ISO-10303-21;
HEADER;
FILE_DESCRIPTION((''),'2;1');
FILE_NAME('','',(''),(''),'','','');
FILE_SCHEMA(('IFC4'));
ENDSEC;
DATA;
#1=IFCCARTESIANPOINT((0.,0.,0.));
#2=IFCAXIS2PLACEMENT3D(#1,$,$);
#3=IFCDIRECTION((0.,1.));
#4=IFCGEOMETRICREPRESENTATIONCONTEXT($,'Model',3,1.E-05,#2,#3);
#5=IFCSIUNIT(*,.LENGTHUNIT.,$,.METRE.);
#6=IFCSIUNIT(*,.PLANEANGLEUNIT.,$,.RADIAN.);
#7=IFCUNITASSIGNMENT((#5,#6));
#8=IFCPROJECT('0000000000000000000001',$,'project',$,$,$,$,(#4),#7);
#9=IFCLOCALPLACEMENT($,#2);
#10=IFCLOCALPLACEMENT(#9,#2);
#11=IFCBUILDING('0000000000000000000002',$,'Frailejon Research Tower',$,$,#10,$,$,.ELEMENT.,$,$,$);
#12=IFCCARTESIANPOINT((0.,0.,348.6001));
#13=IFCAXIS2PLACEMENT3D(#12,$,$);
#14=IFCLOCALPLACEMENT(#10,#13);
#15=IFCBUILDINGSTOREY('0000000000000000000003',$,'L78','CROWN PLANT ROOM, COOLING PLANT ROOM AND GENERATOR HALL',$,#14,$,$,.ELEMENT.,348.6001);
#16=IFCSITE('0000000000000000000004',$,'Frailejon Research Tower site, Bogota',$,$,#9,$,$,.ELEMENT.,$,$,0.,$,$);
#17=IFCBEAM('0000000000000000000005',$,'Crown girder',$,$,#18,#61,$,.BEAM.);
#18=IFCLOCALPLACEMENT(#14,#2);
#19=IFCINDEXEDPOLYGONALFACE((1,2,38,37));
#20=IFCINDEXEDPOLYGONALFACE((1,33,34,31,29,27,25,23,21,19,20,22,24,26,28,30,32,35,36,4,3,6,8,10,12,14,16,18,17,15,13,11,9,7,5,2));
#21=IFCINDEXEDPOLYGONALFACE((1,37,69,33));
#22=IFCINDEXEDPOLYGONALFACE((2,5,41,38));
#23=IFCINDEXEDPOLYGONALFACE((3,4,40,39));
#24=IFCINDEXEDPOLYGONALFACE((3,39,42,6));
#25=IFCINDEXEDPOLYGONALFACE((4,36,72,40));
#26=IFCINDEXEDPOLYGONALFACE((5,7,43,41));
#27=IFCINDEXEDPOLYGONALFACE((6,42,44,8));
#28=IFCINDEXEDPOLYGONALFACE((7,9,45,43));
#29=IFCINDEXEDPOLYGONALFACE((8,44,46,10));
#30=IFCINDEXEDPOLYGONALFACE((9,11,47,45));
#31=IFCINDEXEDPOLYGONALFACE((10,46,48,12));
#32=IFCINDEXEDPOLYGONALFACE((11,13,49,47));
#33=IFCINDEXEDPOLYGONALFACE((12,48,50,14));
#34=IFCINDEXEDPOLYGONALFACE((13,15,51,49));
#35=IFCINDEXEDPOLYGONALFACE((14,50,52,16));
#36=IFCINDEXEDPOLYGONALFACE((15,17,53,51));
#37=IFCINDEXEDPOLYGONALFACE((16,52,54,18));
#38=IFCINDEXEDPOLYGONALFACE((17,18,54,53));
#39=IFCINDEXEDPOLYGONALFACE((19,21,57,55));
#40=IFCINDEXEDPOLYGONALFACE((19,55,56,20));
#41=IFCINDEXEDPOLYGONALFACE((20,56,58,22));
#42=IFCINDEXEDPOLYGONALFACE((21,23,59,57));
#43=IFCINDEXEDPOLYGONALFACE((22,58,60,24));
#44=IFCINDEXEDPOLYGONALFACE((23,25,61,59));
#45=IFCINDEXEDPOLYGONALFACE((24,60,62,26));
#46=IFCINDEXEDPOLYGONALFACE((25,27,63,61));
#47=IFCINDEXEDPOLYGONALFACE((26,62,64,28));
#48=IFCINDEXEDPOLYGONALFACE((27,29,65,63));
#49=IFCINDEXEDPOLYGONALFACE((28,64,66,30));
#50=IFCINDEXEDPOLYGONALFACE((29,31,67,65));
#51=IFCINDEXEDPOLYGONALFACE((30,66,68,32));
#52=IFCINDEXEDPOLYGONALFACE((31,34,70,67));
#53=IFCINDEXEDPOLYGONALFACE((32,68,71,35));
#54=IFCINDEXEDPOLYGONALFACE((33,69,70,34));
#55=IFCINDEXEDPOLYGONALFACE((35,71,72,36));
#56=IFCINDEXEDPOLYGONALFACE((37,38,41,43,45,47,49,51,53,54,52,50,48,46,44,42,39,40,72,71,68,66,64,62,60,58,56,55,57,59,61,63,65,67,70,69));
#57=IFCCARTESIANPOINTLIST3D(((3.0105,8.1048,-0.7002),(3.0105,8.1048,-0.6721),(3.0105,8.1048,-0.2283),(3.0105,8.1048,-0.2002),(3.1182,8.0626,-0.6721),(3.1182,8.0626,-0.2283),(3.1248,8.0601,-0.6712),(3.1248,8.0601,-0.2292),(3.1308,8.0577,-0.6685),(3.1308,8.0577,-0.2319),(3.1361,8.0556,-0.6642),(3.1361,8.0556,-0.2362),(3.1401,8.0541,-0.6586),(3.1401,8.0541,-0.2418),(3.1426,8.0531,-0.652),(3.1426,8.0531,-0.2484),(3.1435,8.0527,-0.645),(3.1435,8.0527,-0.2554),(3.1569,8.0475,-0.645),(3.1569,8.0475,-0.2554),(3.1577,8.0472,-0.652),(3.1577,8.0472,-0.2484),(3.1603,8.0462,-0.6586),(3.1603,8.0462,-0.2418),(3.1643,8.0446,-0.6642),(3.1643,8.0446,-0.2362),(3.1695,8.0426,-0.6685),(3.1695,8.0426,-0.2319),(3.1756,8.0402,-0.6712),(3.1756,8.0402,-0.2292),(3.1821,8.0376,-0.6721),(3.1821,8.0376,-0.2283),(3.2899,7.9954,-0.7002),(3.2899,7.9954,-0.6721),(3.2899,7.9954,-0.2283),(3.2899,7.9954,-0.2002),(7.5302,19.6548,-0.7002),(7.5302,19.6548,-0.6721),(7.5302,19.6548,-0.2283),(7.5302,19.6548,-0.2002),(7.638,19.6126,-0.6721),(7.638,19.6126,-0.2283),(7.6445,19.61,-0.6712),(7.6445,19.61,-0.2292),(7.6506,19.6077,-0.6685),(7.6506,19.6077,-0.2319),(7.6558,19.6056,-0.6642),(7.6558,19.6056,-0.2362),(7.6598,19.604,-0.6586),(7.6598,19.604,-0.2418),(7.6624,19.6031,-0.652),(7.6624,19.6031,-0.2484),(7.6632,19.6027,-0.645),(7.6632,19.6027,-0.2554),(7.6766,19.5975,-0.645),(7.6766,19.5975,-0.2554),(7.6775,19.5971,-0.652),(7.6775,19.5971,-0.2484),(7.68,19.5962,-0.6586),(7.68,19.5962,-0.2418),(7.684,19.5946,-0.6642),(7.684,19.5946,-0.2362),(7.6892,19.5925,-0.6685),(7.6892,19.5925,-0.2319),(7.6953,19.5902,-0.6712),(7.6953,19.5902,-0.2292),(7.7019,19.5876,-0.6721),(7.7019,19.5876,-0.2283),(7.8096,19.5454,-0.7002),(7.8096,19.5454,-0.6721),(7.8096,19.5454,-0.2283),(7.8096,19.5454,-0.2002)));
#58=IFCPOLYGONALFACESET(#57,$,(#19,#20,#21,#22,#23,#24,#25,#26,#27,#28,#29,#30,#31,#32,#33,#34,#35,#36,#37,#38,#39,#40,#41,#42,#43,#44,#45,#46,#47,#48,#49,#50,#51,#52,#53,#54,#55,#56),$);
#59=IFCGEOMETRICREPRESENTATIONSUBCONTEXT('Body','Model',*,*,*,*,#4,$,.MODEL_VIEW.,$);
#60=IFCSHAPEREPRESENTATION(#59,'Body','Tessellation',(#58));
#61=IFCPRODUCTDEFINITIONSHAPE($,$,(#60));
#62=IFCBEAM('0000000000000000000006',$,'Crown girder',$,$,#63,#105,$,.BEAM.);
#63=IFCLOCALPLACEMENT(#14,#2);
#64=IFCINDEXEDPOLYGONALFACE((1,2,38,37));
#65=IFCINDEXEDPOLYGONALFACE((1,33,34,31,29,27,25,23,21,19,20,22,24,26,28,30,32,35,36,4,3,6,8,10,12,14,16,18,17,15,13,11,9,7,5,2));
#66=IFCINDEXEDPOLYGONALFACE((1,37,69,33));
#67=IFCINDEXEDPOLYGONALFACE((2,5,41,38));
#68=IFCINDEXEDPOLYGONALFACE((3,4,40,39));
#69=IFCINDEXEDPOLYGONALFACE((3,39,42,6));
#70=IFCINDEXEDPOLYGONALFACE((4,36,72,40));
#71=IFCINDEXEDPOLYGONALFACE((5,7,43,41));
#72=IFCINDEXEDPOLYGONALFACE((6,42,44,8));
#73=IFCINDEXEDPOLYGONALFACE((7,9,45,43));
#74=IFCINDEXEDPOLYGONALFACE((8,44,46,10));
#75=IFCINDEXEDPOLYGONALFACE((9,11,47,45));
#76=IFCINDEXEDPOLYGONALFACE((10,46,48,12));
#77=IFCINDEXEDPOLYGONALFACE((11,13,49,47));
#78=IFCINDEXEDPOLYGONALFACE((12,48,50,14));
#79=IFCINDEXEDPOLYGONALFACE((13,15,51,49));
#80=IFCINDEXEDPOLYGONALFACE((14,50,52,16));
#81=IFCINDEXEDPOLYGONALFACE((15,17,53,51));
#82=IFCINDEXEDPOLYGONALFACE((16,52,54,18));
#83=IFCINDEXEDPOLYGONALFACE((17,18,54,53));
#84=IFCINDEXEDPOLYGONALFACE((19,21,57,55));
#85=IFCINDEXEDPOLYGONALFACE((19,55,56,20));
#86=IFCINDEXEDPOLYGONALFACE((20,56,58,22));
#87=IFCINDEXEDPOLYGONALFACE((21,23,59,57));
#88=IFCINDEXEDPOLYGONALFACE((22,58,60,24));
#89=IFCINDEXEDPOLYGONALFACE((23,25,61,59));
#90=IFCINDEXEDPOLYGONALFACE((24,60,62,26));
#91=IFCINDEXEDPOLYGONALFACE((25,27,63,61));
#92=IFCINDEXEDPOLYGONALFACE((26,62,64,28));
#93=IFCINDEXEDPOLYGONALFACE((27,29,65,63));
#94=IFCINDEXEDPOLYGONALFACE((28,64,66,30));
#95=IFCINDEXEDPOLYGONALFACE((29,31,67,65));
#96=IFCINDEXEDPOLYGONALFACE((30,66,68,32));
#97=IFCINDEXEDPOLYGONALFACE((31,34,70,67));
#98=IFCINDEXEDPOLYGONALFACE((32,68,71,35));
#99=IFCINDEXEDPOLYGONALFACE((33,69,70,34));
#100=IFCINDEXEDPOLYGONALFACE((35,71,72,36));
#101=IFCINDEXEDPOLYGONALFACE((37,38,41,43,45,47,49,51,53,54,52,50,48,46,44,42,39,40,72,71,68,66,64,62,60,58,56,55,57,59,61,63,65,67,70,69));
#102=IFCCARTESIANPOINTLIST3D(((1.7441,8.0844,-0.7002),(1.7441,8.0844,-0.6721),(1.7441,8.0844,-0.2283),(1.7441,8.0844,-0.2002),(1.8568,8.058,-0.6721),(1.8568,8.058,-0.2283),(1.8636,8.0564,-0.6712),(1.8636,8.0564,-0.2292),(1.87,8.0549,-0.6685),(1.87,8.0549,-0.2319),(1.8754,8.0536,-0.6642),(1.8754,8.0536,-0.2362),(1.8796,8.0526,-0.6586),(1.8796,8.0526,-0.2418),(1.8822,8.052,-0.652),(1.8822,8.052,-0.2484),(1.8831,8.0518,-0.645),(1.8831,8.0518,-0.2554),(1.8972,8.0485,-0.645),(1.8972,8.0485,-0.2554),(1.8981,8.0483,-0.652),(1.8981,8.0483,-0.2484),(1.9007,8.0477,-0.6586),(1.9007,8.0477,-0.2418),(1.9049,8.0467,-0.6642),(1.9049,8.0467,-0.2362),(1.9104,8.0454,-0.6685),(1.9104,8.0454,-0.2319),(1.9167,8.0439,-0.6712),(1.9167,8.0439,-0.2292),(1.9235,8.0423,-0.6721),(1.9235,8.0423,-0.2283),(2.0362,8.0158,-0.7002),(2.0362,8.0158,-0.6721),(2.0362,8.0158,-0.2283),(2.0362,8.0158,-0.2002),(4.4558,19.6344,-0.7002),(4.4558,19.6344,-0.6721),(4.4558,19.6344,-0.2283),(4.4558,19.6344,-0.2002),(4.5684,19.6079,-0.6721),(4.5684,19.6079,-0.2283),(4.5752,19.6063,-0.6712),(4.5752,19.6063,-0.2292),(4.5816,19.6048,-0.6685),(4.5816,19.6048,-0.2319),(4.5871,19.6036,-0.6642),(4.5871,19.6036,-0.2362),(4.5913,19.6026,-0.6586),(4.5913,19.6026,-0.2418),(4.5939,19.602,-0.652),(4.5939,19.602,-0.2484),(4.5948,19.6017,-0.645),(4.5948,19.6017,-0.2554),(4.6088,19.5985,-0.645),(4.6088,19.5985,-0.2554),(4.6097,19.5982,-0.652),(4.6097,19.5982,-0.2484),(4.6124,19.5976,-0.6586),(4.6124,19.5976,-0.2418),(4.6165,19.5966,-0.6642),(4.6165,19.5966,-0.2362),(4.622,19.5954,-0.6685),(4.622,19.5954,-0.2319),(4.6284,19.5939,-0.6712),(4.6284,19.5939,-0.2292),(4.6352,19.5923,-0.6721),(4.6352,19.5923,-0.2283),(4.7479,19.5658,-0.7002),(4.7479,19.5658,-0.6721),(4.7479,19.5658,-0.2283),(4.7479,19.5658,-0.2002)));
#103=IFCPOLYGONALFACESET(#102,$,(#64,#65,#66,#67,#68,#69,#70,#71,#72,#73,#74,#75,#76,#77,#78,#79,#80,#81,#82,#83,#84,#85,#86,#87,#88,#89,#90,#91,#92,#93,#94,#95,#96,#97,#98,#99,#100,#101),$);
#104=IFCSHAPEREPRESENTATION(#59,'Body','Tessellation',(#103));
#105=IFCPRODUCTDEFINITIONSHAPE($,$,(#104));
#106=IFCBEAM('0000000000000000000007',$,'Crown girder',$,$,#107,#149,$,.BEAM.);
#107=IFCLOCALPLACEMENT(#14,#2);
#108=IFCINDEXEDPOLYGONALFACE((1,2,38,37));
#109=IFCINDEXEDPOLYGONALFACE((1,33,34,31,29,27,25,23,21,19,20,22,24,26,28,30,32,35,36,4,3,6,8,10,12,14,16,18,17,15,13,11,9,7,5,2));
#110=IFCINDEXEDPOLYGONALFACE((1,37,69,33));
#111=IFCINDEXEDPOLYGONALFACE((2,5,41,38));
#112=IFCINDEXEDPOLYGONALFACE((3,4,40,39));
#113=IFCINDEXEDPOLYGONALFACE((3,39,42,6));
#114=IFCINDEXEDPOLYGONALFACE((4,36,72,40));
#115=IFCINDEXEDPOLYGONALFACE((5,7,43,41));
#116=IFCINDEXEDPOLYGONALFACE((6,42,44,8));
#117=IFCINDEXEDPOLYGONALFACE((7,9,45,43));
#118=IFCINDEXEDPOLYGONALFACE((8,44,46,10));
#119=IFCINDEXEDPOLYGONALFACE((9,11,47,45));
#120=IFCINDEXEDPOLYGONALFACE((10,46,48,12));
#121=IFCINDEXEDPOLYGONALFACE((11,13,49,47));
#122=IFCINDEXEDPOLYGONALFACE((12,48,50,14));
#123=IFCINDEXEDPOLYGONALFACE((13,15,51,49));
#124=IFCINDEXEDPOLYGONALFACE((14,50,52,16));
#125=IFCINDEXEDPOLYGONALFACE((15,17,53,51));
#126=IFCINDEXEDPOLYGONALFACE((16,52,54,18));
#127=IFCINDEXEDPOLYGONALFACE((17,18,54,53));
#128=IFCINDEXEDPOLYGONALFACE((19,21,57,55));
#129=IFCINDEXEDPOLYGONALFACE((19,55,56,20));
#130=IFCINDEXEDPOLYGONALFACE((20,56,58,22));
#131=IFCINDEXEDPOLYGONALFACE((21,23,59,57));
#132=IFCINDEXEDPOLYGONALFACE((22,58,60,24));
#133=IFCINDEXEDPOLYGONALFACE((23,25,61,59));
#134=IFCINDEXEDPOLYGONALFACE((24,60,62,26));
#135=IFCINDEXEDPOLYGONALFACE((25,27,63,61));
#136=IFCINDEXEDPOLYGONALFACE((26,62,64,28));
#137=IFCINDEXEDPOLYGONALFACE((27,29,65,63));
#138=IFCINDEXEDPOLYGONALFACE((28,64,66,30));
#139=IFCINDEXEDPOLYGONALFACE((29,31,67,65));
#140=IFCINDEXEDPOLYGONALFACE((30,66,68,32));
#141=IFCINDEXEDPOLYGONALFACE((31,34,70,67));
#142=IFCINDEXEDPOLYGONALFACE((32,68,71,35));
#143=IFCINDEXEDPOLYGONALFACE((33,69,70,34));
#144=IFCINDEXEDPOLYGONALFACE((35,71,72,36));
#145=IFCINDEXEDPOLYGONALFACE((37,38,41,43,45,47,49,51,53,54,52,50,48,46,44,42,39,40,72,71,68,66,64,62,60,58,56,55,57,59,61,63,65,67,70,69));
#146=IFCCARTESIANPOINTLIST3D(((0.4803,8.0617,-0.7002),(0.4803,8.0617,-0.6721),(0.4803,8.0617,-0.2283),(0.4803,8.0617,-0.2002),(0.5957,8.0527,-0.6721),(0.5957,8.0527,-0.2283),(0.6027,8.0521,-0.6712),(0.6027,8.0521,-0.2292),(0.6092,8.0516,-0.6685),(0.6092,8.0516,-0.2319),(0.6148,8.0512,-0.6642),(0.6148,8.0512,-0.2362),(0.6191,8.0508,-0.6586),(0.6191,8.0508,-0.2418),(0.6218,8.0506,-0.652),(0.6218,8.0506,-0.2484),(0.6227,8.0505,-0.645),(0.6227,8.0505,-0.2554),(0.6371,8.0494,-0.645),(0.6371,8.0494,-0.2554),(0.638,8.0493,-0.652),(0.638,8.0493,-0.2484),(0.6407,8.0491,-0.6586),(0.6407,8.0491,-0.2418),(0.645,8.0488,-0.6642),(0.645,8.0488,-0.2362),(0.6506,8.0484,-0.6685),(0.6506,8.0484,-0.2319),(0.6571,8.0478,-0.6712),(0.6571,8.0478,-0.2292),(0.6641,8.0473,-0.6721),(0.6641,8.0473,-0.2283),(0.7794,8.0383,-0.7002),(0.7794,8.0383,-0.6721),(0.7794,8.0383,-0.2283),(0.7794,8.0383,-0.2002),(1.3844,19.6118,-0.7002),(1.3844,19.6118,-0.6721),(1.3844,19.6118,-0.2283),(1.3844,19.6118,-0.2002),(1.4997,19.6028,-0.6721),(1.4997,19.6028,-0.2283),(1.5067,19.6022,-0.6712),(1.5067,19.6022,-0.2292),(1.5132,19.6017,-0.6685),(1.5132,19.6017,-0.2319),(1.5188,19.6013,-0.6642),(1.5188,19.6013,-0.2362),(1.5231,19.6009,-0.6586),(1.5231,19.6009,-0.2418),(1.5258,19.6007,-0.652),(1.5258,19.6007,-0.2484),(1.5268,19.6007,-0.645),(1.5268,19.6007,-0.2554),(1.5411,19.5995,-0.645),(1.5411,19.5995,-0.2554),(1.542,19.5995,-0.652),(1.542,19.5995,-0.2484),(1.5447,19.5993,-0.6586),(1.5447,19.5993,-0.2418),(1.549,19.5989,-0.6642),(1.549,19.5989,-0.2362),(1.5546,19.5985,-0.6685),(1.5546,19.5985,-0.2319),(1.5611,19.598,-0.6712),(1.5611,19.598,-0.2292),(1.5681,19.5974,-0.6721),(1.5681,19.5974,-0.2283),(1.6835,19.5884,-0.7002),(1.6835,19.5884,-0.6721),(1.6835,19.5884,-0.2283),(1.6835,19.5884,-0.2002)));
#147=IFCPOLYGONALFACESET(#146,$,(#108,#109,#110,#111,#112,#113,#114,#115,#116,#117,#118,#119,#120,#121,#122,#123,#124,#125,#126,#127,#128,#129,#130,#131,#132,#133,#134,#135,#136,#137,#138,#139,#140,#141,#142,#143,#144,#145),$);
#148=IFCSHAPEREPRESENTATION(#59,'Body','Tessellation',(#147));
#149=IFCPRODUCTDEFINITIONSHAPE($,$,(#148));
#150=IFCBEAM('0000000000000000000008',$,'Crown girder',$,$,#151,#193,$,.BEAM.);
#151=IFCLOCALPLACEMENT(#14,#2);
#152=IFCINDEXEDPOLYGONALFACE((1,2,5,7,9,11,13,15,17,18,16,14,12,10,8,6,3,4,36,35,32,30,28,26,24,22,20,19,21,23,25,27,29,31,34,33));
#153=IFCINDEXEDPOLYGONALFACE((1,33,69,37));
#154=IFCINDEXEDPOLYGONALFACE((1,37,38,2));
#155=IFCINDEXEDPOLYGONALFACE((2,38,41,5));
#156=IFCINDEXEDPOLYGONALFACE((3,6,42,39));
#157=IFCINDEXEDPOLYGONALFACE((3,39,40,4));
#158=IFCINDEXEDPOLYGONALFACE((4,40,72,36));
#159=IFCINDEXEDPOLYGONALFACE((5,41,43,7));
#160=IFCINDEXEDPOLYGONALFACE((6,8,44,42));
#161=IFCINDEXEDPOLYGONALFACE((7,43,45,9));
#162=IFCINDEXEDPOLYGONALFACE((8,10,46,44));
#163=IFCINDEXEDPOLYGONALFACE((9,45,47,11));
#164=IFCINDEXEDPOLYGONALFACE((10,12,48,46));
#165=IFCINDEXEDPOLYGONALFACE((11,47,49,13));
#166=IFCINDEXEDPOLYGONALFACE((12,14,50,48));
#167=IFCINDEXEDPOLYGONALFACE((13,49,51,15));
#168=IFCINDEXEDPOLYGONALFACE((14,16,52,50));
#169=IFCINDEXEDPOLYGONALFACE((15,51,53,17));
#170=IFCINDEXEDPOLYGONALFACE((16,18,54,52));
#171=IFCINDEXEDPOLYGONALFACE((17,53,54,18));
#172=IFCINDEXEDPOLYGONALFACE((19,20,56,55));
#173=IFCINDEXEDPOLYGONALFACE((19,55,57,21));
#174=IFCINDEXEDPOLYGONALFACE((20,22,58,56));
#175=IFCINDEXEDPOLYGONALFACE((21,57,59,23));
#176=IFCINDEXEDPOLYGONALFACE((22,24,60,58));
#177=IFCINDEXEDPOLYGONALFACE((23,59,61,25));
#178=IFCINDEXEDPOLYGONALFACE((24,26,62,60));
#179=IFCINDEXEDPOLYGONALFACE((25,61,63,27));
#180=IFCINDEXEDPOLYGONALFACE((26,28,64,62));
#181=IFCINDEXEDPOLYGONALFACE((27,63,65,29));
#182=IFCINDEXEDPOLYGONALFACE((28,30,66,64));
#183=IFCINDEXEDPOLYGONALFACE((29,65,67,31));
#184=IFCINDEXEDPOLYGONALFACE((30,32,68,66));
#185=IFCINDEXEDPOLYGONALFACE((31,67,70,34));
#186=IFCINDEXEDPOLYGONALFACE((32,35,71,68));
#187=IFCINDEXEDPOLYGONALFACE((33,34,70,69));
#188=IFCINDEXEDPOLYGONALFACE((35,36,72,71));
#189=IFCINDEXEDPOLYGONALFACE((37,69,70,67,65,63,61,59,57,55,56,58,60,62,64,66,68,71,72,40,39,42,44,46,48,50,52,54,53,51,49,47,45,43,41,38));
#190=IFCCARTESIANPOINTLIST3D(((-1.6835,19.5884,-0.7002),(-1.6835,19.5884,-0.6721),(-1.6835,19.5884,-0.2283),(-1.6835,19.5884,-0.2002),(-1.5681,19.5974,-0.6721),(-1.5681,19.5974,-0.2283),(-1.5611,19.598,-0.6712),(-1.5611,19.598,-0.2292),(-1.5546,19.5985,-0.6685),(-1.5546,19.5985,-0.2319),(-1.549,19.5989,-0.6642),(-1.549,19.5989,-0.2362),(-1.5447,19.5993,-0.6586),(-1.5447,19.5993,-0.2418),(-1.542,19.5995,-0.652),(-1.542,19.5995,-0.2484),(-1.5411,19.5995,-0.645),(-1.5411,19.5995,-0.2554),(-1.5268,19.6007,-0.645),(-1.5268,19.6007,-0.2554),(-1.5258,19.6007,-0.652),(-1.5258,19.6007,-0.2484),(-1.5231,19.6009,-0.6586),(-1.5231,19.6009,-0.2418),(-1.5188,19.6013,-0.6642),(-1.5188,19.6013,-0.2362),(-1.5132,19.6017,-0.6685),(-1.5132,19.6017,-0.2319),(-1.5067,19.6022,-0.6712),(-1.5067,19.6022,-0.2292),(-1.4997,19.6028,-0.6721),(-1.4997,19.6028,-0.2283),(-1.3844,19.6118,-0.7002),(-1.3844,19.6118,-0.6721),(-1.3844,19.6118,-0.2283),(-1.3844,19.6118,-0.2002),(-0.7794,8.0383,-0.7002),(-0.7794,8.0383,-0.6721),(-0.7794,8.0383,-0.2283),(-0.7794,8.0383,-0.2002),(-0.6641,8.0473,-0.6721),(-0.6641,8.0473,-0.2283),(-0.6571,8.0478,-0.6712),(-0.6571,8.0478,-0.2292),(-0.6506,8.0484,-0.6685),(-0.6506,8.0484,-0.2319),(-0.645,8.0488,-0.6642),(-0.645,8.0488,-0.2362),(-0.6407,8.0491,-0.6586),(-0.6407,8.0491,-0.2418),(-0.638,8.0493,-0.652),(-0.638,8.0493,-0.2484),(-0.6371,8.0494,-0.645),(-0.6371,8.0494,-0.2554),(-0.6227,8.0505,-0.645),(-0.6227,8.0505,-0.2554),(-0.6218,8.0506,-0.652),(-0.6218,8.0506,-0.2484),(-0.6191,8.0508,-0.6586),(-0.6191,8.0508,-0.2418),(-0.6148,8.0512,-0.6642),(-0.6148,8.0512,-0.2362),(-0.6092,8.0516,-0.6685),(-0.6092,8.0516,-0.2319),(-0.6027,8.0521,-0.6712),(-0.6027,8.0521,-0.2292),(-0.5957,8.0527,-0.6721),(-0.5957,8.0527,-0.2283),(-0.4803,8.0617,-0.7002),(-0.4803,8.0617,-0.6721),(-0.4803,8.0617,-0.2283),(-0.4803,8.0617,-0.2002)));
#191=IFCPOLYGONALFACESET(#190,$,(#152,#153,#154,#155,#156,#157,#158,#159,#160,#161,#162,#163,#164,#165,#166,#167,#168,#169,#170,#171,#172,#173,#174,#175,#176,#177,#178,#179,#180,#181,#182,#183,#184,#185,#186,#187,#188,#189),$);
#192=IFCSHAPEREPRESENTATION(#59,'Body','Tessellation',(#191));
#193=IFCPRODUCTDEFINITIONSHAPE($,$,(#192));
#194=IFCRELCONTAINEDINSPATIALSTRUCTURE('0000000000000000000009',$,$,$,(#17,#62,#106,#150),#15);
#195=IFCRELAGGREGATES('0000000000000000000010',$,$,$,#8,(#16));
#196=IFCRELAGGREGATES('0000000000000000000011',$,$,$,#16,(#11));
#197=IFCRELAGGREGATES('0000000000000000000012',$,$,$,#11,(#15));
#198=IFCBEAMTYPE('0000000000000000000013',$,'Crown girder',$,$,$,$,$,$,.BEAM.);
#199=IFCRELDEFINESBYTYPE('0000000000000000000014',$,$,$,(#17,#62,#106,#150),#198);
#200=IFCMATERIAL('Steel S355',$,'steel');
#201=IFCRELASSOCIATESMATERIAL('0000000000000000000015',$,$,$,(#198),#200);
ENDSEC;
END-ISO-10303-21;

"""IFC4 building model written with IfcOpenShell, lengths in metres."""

from ifc_helpers import new_model, si_unit, direction, frame, origin, origin_2d, place, context, subcontext, project, spatial, i_section, extrude, material, material_profile, profile_set, type_object, element, save


model = new_model("IFC4")

# Units and contexts
model_context = context("Model", 3, precision=1e-05, world=origin(), true_north=direction((0.0, 1.0)))
body_context = subcontext(model_context, "Body", "Model", "MODEL_VIEW")
ifc_project = project(units=[si_unit("LENGTHUNIT", "METRE"), si_unit("PLANEANGLEUNIT", "RADIAN")], contexts=[model_context])

# Site, building, storey
site_placement = place(None, origin())
site = spatial("IfcSite", under=ifc_project, at=site_placement, Name="Frailejon Research Tower site, Bogota", CompositionType="ELEMENT", RefElevation=0.0)
building_placement = place(site_placement, origin())
building = spatial("IfcBuilding", under=site, at=building_placement, Name="Frailejon Research Tower", CompositionType="ELEMENT")
storey_placement = place(building_placement, frame((0.0, 0.0, 348.6001)))
storey = spatial("IfcBuildingStorey", under=building, at=storey_placement, Name="L78", Description="CROWN PLANT ROOM, COOLING PLANT ROOM AND GENERATOR HALL", CompositionType="ELEMENT", Elevation=348.6001)

# Beams
ifc_material_1 = material(Name="Steel S355", Category="steel")
ifc_material_profile_1 = material_profile(ifc_material_1, i_section(OverallWidth=0.3, OverallDepth=0.5, WebThickness=0.0144, FlangeThickness=0.0281, FilletRadius=0.0271, at=origin_2d()), Name="HE 500 B")
ifc_profile_set_1 = profile_set([ifc_material_profile_1], Name="Steel S355")
beam_type_1 = type_object("IfcBeamType", Name="Crown girder", PredefinedType="BEAM", material=ifc_profile_set_1)
beam_1_placement = place(storey_placement, frame((7.6699, 19.6001, -0.4502), z_axis=(-0.364413, -0.931238, 0.0), x_axis=(0.931238, -0.364413, 0.0)))
element("IfcBeam", 1, at=beam_1_placement, inside=storey, type_object=beam_type_1, Name="Crown girder", PredefinedType="BEAM", context=body_context, shape_type="SweptSolid", body=[
    extrude(i_section(OverallWidth=0.3, OverallDepth=0.5, WebThickness=0.0144, FlangeThickness=0.0281, FilletRadius=0.0271, at=origin_2d()), origin(), (0.0, 0.0, 1.0), 12.4028),
])
beam_2_placement = place(storey_placement, frame((4.6018, 19.6001, -0.4502), z_axis=(-0.228561, -0.97353, 0.0), x_axis=(0.97353, -0.228561, 0.0)))
element("IfcBeam", 2, at=beam_2_placement, inside=storey, type_object=beam_type_1, Name="Crown girder", PredefinedType="BEAM", context=body_context, shape_type="SweptSolid", body=[
    extrude(i_section(OverallWidth=0.3, OverallDepth=0.5, WebThickness=0.0144, FlangeThickness=0.0281, FilletRadius=0.0271, at=origin_2d()), origin(), (0.0, 0.0, 1.0), 11.864),
])
for number, where, z_axis, x_axis, name in (
    (3, (1.5339, 19.6001, -0.4502), (-0.078034, -0.996951, 0.0), (0.996951, -0.078034, 0.0), "Crown girder"),
    (4, (-1.5339, 19.6001, -0.4502), (0.078034, -0.996951, 0.0), (0.996951, 0.078034, 0.0), "Crown girder"),
):
    element("IfcBeam", number, at=place(storey_placement, frame(where, z_axis=z_axis, x_axis=x_axis)), inside=storey, type_object=beam_type_1, Name=name, PredefinedType="BEAM", context=body_context, shape_type="SweptSolid", body=[
        extrude(i_section(OverallWidth=0.3, OverallDepth=0.5, WebThickness=0.0144, FlangeThickness=0.0281, FilletRadius=0.0271, at=origin_2d()), origin(), (0.0, 0.0, 1.0), 11.5854),
    ])

save(model, "model.ifc")
